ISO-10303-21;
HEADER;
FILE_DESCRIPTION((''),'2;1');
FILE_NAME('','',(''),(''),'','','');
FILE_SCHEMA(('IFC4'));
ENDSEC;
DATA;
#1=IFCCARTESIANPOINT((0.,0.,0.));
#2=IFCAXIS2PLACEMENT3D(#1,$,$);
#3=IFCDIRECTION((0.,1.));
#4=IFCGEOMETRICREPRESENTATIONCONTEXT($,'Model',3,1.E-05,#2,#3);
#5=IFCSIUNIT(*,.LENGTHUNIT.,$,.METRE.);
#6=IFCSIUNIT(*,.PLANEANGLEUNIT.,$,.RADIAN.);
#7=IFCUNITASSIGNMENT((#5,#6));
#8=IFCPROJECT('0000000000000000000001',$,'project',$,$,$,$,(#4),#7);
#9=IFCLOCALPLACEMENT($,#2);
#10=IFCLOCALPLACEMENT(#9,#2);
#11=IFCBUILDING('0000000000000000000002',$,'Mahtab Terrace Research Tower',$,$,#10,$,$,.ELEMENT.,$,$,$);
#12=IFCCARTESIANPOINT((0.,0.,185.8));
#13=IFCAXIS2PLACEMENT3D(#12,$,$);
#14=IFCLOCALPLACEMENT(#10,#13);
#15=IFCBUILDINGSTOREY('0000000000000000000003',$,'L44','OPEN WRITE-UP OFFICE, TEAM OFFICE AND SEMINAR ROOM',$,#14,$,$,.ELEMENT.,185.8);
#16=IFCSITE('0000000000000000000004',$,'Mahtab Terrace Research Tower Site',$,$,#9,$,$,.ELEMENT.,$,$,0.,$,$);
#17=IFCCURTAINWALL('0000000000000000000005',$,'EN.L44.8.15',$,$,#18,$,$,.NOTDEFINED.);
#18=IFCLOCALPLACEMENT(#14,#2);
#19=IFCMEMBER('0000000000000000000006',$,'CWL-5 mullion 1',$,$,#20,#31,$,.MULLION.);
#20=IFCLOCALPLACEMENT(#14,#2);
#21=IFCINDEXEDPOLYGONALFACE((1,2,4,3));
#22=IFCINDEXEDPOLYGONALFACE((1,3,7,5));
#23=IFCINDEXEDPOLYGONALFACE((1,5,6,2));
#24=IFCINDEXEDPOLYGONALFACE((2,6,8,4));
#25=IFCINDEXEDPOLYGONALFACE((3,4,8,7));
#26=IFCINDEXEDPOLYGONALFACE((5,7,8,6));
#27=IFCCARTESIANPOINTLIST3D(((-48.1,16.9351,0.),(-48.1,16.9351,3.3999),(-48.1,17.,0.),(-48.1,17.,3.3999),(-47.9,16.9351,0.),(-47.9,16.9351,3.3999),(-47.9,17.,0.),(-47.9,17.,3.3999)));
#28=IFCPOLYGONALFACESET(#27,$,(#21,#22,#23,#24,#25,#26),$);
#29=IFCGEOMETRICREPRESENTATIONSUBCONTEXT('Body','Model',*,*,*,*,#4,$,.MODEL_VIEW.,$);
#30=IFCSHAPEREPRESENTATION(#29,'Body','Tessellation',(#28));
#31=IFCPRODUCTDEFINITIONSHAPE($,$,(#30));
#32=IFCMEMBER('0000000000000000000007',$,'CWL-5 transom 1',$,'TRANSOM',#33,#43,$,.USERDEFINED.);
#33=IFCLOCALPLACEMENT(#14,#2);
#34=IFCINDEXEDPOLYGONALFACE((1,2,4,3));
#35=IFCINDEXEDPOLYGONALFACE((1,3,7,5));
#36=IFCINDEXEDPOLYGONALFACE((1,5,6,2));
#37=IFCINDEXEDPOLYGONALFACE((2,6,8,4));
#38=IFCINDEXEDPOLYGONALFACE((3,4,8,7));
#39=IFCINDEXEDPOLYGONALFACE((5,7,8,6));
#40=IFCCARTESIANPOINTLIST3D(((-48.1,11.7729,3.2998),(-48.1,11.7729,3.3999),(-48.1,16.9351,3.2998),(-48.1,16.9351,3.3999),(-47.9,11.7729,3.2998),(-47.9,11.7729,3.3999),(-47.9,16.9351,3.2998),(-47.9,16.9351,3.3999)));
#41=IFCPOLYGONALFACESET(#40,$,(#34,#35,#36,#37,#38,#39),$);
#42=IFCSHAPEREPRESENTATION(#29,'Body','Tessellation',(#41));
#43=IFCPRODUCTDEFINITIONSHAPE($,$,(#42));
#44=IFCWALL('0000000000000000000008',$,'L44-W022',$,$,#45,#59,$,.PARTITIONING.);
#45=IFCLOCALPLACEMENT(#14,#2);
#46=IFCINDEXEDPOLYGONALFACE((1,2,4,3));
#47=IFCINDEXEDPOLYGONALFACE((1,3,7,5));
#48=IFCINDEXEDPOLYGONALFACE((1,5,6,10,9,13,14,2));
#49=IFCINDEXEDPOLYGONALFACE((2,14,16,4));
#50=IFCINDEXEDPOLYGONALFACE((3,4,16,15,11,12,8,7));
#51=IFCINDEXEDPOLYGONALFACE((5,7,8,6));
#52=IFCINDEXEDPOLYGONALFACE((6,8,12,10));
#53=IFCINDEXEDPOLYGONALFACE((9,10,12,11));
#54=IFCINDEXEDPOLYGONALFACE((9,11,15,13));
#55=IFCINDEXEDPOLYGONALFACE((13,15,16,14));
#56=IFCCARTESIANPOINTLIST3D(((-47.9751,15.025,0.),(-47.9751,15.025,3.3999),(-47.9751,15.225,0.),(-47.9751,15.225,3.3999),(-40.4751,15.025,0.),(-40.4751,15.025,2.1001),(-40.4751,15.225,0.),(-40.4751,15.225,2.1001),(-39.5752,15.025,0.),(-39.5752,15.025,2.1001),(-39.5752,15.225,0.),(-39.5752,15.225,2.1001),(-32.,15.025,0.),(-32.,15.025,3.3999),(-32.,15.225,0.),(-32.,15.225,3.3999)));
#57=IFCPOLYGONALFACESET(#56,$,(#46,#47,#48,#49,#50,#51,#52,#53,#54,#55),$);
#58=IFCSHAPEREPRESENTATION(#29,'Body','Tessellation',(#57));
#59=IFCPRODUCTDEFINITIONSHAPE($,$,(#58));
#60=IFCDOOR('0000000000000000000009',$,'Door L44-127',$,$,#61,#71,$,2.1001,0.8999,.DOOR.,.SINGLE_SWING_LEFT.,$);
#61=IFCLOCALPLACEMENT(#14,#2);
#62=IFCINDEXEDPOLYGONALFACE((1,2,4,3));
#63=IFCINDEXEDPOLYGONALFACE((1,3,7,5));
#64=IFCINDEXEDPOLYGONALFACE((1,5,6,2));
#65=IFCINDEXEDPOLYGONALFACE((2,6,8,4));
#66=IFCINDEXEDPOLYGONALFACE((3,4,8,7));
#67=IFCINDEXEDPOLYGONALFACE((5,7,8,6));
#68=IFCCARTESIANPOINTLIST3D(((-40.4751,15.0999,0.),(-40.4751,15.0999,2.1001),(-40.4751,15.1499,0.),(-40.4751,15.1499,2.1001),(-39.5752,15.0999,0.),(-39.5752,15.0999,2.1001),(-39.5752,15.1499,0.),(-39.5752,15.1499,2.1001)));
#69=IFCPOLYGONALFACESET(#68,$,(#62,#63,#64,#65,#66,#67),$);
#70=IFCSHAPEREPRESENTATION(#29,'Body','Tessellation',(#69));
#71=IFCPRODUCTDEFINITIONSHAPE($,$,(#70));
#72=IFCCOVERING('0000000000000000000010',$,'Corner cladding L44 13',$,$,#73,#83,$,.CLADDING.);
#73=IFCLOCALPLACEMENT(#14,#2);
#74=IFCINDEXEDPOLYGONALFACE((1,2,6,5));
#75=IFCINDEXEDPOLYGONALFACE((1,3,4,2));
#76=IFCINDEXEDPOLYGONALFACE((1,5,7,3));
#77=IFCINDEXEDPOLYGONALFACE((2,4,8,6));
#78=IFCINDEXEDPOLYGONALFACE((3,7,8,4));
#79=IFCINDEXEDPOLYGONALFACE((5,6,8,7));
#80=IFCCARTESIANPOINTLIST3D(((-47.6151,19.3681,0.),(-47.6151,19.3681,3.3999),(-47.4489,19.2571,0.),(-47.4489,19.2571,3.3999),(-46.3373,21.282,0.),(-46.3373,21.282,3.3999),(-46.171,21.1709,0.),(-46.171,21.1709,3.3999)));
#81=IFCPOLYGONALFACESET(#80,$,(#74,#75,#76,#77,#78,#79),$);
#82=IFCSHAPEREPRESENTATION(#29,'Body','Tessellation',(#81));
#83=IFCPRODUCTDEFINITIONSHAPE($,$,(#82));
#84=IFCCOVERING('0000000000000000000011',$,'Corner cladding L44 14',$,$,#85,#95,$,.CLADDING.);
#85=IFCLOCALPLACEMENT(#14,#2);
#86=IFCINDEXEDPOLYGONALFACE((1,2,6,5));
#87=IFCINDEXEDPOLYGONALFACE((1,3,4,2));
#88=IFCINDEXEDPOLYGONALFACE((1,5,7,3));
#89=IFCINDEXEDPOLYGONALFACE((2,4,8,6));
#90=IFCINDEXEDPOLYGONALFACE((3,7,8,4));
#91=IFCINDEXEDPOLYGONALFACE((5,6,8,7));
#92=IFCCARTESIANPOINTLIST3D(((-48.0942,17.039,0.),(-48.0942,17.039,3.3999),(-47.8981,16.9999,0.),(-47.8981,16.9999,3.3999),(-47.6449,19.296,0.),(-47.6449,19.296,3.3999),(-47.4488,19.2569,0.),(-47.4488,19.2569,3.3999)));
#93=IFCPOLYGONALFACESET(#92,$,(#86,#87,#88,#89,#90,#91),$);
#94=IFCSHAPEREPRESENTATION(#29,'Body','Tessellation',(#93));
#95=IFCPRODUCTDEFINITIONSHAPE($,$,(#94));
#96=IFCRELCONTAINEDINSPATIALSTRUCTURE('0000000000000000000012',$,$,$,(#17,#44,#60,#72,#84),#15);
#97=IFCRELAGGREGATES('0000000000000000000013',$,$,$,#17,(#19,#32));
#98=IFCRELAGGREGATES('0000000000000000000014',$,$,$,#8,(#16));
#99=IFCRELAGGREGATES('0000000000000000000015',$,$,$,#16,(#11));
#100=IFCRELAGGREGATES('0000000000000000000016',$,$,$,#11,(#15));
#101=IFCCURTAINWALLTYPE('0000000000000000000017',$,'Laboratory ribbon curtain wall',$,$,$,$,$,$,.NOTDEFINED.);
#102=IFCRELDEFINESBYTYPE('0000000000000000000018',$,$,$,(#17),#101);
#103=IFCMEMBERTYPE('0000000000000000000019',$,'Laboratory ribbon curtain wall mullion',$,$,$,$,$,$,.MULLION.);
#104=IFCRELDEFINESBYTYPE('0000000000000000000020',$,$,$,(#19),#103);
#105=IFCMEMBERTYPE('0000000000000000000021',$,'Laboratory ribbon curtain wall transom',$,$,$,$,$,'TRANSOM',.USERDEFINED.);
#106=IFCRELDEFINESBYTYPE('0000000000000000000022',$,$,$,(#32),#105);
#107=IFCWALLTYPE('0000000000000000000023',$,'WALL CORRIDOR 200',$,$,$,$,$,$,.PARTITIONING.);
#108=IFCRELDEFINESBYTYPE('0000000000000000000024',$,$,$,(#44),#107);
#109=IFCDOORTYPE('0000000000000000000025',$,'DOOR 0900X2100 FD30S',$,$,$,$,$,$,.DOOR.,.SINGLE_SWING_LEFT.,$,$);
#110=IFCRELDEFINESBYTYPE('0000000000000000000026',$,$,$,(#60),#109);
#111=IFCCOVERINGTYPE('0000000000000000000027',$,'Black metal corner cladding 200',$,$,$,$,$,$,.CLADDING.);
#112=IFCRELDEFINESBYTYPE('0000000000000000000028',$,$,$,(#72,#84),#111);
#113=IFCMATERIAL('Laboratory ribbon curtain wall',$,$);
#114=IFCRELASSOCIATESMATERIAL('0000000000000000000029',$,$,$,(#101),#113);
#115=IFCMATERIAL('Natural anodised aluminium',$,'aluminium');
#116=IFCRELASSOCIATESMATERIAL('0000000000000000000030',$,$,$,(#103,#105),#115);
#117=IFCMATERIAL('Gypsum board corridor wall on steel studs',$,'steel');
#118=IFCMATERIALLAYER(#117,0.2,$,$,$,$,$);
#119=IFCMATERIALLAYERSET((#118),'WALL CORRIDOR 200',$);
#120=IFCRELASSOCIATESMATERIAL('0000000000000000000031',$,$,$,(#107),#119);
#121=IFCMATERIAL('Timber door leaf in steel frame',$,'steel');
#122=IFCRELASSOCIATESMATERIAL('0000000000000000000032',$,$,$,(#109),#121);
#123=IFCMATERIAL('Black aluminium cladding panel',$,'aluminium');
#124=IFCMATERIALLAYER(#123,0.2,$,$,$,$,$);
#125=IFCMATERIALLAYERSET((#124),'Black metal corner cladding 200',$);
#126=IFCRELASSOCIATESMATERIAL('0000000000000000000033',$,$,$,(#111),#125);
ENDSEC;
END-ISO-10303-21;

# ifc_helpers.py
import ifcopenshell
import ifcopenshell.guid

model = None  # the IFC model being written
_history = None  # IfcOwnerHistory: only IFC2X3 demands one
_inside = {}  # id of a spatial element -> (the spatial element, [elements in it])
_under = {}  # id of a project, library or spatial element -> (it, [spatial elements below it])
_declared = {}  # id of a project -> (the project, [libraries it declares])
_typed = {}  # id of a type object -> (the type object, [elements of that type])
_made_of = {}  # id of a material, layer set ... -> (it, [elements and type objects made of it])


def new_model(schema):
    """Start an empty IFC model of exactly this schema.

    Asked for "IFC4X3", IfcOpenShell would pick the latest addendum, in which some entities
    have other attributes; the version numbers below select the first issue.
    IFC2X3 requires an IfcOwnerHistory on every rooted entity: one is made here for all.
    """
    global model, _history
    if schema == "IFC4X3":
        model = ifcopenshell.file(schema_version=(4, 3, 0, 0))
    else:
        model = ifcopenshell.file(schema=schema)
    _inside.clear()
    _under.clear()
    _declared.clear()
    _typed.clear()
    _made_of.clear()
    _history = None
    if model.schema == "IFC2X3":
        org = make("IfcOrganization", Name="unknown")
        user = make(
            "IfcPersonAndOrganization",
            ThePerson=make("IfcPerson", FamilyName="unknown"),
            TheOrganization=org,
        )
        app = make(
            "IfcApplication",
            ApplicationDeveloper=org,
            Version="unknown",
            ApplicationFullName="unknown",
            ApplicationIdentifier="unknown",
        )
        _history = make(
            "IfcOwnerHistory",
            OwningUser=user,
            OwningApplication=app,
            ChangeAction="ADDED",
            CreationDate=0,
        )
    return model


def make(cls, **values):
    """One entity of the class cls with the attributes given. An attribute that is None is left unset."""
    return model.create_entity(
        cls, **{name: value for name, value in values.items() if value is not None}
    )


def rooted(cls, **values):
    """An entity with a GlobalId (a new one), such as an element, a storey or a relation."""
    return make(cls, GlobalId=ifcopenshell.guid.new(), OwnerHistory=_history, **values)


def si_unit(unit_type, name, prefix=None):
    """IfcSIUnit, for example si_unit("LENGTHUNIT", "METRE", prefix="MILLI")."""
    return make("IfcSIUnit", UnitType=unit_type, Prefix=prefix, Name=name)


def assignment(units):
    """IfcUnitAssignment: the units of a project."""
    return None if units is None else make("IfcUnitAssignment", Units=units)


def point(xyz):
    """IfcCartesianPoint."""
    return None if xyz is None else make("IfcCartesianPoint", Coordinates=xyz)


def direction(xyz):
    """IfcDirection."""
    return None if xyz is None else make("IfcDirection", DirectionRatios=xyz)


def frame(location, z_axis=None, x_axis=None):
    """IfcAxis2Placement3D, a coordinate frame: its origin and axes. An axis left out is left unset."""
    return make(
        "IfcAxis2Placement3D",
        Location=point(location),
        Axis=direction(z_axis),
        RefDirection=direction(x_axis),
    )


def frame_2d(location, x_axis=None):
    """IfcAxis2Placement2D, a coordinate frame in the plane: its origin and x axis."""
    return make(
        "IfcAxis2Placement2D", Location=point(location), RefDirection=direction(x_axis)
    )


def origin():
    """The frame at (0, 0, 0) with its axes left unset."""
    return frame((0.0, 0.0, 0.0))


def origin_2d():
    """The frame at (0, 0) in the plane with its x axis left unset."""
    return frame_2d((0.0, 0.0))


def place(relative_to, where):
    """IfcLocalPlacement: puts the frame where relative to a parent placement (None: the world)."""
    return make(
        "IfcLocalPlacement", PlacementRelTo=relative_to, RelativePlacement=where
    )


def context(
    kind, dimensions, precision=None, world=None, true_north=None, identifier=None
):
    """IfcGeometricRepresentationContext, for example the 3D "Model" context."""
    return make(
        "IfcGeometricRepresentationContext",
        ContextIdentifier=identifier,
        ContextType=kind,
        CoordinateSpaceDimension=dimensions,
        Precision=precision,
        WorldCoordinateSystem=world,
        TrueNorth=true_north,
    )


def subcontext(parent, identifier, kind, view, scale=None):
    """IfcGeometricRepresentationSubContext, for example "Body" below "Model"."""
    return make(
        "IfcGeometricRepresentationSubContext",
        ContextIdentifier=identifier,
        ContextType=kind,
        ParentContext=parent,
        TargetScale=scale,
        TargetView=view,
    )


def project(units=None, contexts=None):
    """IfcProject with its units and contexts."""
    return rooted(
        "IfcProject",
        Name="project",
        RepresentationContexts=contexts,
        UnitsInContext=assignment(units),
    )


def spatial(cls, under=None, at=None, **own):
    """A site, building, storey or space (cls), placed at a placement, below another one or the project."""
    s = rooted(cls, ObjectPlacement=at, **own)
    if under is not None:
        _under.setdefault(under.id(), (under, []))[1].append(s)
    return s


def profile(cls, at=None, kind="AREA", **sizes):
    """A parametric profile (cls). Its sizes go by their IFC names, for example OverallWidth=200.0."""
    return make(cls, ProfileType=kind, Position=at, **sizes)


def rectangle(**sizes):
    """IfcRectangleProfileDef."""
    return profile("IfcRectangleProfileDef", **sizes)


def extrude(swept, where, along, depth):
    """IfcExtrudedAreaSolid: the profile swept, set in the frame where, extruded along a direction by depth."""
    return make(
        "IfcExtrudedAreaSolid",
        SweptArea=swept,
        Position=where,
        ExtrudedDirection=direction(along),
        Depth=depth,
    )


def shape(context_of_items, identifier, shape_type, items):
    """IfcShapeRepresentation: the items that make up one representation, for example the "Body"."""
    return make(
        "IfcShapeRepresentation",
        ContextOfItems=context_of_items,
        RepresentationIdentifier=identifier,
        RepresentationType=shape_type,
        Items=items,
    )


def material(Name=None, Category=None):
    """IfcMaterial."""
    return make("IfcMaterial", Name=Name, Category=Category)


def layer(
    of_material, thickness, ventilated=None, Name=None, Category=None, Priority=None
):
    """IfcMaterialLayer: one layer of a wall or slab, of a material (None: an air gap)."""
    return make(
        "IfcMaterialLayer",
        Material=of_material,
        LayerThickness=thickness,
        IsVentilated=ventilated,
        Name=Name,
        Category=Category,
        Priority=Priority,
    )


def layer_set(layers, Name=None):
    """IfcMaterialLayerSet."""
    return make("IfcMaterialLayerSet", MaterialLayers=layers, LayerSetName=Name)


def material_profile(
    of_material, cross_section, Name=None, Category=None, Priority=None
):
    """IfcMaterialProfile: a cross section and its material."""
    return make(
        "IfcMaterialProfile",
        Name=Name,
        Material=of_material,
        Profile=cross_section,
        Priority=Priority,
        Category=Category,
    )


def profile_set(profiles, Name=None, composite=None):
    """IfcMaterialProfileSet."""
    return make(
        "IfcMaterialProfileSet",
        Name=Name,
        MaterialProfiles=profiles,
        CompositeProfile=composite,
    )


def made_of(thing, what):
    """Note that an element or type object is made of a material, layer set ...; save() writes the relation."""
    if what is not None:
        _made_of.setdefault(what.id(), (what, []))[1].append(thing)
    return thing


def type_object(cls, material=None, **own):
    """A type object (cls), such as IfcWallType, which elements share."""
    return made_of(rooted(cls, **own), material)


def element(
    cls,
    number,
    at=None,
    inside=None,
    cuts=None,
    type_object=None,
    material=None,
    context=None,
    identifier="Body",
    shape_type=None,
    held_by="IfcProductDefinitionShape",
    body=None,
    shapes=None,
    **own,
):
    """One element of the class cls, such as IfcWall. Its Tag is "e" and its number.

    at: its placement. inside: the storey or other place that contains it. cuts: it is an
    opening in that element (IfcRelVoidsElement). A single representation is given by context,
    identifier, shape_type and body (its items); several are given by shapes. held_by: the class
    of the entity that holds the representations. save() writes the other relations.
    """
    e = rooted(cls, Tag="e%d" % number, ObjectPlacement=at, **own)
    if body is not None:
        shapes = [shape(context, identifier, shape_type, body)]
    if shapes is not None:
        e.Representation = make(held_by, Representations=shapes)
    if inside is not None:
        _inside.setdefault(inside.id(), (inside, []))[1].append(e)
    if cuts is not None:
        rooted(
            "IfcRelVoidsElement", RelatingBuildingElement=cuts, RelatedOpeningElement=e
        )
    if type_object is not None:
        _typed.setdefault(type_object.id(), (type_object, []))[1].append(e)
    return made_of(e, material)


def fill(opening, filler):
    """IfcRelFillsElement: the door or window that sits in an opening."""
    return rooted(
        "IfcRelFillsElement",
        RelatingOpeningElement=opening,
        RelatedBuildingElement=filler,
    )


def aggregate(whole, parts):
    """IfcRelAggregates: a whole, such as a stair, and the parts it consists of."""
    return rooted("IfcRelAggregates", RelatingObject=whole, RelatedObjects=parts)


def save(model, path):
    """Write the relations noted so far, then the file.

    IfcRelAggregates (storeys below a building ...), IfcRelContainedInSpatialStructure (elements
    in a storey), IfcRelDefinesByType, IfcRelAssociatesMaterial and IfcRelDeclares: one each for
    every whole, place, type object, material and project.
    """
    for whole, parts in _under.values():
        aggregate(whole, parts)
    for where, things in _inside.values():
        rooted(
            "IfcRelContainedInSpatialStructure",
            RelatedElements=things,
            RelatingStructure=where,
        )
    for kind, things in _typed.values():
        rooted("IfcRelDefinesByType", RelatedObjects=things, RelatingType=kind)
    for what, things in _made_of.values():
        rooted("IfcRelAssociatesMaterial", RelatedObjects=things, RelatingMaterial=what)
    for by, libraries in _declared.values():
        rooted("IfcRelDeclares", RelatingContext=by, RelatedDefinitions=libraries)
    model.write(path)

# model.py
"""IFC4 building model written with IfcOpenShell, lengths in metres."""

from ifc_helpers import new_model, si_unit, direction, frame, frame_2d, origin, origin_2d, place, context, subcontext, project, spatial, rectangle, extrude, material, layer, layer_set, material_profile, profile_set, type_object, element, fill, aggregate, save


model = new_model("IFC4")

# Units and contexts
model_context = context("Model", 3, precision=1e-05, world=origin(), true_north=direction((0.0, 1.0)))
body_context = subcontext(model_context, "Body", "Model", "MODEL_VIEW")
ifc_project = project(units=[si_unit("LENGTHUNIT", "METRE"), si_unit("PLANEANGLEUNIT", "RADIAN")], contexts=[model_context])

# Site, building, storey
site_placement = place(None, origin())
site = spatial("IfcSite", under=ifc_project, at=site_placement, Name="Mahtab Terrace Research Tower Site", CompositionType="ELEMENT", RefElevation=0.0)
building_placement = place(site_placement, origin())
building = spatial("IfcBuilding", under=site, at=building_placement, Name="Mahtab Terrace Research Tower", CompositionType="ELEMENT")
storey_placement = place(building_placement, frame((0.0, 0.0, 185.8)))
storey = spatial("IfcBuildingStorey", under=building, at=storey_placement, Name="L44", Description="OPEN WRITE-UP OFFICE, TEAM OFFICE AND SEMINAR ROOM", CompositionType="ELEMENT", Elevation=185.8)

# Curtain wall, members
ifc_material_1 = material(Name="Laboratory ribbon curtain wall")
curtain_wall_type = type_object("IfcCurtainWallType", Name="Laboratory ribbon curtain wall", PredefinedType="NOTDEFINED", material=ifc_material_1)
curtain_wall_placement = place(storey_placement, origin())
curtain_wall = element("IfcCurtainWall", 1, at=curtain_wall_placement, inside=storey, type_object=curtain_wall_type, Name="EN.L44.8.15", PredefinedType="NOTDEFINED")
ifc_material_2 = material(Name="Natural anodised aluminium", Category="aluminium")
ifc_material_profile_1 = material_profile(ifc_material_2, rectangle(XDim=0.2, YDim=0.0649, at=origin_2d()), Name="MULLION 65x200")
ifc_profile_set_1 = profile_set([ifc_material_profile_1], Name="Natural anodised aluminium")
member_type_1 = type_object("IfcMemberType", Name="Laboratory ribbon curtain wall mullion", PredefinedType="MULLION", material=ifc_profile_set_1)
member_1_placement = place(storey_placement, frame((-48.0, 16.9675, 0.0), z_axis=(0.0, 0.0, 1.0), x_axis=(1.0, 0.0, 0.0)))
member_1 = element("IfcMember", 2, at=member_1_placement, type_object=member_type_1, Name="CWL-5 mullion 1", PredefinedType="MULLION", context=body_context, shape_type="SweptSolid", body=[
    extrude(rectangle(XDim=0.2, YDim=0.0649, at=origin_2d()), origin(), (0.0, 0.0, 1.0), 3.3999),
])
ifc_material_profile_2 = material_profile(ifc_material_2, rectangle(XDim=0.2, YDim=0.1001, at=origin_2d()), Name="TRANSOM 100x200")
ifc_profile_set_2 = profile_set([ifc_material_profile_2], Name="Natural anodised aluminium")
member_type_2 = type_object("IfcMemberType", Name="Laboratory ribbon curtain wall transom", ElementType="TRANSOM", PredefinedType="USERDEFINED", material=ifc_profile_set_2)
member_2_placement = place(storey_placement, frame((-48.0, 16.9351, 3.3499), z_axis=(0.0, -1.0, 0.0), x_axis=(1.0, 0.0, 0.0)))
member_2 = element("IfcMember", 3, at=member_2_placement, type_object=member_type_2, Name="CWL-5 transom 1", ObjectType="TRANSOM", PredefinedType="USERDEFINED", context=body_context, shape_type="SweptSolid", body=[
    extrude(rectangle(XDim=0.2, YDim=0.1001, at=origin_2d()), origin(), (0.0, 0.0, 1.0), 5.1621),
])
aggregate(curtain_wall, [member_1, member_2])

# Wall, opening, door
ifc_material_3 = material(Name="Gypsum board corridor wall on steel studs", Category="steel")
ifc_layer_1 = layer(ifc_material_3, 0.2)
ifc_layer_set_1 = layer_set([ifc_layer_1], Name="WALL CORRIDOR 200")
wall_type = type_object("IfcWallType", Name="WALL CORRIDOR 200", PredefinedType="PARTITIONING", material=ifc_layer_set_1)
wall_1_placement = place(storey_placement, frame((-47.9751, 15.125, 0.0), z_axis=(0.0, 0.0, 1.0), x_axis=(1.0, 0.0, 0.0)))
wall_1 = element("IfcWall", 4, at=wall_1_placement, inside=storey, type_object=wall_type, Name="L44-W022", PredefinedType="PARTITIONING", context=body_context, shape_type="SweptSolid", body=[
    extrude(rectangle(XDim=15.9751, YDim=0.2, at=frame_2d((7.9875, 0.0))), origin(), (0.0, 0.0, 1.0), 3.3999),
])
opening_1_placement = place(wall_1_placement, frame((7.5, 0.0, 0.0)))
opening_1 = element("IfcOpeningElement", 5, at=opening_1_placement, cuts=wall_1, PredefinedType="OPENING", context=body_context, shape_type="SweptSolid", body=[
    extrude(rectangle(XDim=0.8999, YDim=2.1001, at=frame_2d((0.45, 1.05))), frame((0.0, 0.1099, 0.0), z_axis=(0.0, -1.0, 0.0), x_axis=(1.0, 0.0, 0.0)), (0.0, 0.0, 1.0), 0.22),
])
ifc_material_4 = material(Name="Timber door leaf in steel frame", Category="steel")
door_type = type_object("IfcDoorType", Name="DOOR 0900X2100 FD30S", OperationType="SINGLE_SWING_LEFT", PredefinedType="DOOR", material=ifc_material_4)
door_1_placement = place(opening_1_placement, origin())
door_1 = element("IfcDoor", 6, at=door_1_placement, inside=storey, type_object=door_type, Name="Door L44-127", OperationType="SINGLE_SWING_LEFT", OverallHeight=2.1001, OverallWidth=0.8999, PredefinedType="DOOR", context=body_context, shape_type="SweptSolid", body=[
    extrude(rectangle(XDim=0.8999, YDim=2.1001, at=frame_2d((0.45, 1.05))), frame((0.0, 0.0249, 0.0), z_axis=(0.0, -1.0, 0.0), x_axis=(1.0, 0.0, 0.0)), (0.0, 0.0, 1.0), 0.05),
])
fill(opening_1, door_1)

# Coverings
ifc_material_5 = material(Name="Black aluminium cladding panel", Category="aluminium")
ifc_layer_2 = layer(ifc_material_5, 0.2)
ifc_layer_set_2 = layer_set([ifc_layer_2], Name="Black metal corner cladding 200")
covering_type = type_object("IfcCoveringType", Name="Black metal corner cladding 200", PredefinedType="CLADDING", material=ifc_layer_set_2)
for number, where, z_axis, x_axis, name in (
    (7, (-46.8931, 20.2695, 0.0), (0.0, 0.0, 1.0), (-0.555291, -0.831656, 0.0), "Corner cladding L44 13"),
    (8, (-47.7715, 18.1479, 0.0), (0.0, 0.0, 1.0), (-0.195212, -0.980761, 0.0), "Corner cladding L44 14"),
):
    element("IfcCovering", number, at=place(storey_placement, frame(where, z_axis=z_axis, x_axis=x_axis)), inside=storey, type_object=covering_type, Name=name, PredefinedType="CLADDING", context=body_context, shape_type="SweptSolid", body=[
        extrude(rectangle(XDim=2.3013, YDim=0.2, at=origin_2d()), origin(), (0.0, 0.0, 1.0), 3.3999),
    ])

save(model, "model.ifc")
